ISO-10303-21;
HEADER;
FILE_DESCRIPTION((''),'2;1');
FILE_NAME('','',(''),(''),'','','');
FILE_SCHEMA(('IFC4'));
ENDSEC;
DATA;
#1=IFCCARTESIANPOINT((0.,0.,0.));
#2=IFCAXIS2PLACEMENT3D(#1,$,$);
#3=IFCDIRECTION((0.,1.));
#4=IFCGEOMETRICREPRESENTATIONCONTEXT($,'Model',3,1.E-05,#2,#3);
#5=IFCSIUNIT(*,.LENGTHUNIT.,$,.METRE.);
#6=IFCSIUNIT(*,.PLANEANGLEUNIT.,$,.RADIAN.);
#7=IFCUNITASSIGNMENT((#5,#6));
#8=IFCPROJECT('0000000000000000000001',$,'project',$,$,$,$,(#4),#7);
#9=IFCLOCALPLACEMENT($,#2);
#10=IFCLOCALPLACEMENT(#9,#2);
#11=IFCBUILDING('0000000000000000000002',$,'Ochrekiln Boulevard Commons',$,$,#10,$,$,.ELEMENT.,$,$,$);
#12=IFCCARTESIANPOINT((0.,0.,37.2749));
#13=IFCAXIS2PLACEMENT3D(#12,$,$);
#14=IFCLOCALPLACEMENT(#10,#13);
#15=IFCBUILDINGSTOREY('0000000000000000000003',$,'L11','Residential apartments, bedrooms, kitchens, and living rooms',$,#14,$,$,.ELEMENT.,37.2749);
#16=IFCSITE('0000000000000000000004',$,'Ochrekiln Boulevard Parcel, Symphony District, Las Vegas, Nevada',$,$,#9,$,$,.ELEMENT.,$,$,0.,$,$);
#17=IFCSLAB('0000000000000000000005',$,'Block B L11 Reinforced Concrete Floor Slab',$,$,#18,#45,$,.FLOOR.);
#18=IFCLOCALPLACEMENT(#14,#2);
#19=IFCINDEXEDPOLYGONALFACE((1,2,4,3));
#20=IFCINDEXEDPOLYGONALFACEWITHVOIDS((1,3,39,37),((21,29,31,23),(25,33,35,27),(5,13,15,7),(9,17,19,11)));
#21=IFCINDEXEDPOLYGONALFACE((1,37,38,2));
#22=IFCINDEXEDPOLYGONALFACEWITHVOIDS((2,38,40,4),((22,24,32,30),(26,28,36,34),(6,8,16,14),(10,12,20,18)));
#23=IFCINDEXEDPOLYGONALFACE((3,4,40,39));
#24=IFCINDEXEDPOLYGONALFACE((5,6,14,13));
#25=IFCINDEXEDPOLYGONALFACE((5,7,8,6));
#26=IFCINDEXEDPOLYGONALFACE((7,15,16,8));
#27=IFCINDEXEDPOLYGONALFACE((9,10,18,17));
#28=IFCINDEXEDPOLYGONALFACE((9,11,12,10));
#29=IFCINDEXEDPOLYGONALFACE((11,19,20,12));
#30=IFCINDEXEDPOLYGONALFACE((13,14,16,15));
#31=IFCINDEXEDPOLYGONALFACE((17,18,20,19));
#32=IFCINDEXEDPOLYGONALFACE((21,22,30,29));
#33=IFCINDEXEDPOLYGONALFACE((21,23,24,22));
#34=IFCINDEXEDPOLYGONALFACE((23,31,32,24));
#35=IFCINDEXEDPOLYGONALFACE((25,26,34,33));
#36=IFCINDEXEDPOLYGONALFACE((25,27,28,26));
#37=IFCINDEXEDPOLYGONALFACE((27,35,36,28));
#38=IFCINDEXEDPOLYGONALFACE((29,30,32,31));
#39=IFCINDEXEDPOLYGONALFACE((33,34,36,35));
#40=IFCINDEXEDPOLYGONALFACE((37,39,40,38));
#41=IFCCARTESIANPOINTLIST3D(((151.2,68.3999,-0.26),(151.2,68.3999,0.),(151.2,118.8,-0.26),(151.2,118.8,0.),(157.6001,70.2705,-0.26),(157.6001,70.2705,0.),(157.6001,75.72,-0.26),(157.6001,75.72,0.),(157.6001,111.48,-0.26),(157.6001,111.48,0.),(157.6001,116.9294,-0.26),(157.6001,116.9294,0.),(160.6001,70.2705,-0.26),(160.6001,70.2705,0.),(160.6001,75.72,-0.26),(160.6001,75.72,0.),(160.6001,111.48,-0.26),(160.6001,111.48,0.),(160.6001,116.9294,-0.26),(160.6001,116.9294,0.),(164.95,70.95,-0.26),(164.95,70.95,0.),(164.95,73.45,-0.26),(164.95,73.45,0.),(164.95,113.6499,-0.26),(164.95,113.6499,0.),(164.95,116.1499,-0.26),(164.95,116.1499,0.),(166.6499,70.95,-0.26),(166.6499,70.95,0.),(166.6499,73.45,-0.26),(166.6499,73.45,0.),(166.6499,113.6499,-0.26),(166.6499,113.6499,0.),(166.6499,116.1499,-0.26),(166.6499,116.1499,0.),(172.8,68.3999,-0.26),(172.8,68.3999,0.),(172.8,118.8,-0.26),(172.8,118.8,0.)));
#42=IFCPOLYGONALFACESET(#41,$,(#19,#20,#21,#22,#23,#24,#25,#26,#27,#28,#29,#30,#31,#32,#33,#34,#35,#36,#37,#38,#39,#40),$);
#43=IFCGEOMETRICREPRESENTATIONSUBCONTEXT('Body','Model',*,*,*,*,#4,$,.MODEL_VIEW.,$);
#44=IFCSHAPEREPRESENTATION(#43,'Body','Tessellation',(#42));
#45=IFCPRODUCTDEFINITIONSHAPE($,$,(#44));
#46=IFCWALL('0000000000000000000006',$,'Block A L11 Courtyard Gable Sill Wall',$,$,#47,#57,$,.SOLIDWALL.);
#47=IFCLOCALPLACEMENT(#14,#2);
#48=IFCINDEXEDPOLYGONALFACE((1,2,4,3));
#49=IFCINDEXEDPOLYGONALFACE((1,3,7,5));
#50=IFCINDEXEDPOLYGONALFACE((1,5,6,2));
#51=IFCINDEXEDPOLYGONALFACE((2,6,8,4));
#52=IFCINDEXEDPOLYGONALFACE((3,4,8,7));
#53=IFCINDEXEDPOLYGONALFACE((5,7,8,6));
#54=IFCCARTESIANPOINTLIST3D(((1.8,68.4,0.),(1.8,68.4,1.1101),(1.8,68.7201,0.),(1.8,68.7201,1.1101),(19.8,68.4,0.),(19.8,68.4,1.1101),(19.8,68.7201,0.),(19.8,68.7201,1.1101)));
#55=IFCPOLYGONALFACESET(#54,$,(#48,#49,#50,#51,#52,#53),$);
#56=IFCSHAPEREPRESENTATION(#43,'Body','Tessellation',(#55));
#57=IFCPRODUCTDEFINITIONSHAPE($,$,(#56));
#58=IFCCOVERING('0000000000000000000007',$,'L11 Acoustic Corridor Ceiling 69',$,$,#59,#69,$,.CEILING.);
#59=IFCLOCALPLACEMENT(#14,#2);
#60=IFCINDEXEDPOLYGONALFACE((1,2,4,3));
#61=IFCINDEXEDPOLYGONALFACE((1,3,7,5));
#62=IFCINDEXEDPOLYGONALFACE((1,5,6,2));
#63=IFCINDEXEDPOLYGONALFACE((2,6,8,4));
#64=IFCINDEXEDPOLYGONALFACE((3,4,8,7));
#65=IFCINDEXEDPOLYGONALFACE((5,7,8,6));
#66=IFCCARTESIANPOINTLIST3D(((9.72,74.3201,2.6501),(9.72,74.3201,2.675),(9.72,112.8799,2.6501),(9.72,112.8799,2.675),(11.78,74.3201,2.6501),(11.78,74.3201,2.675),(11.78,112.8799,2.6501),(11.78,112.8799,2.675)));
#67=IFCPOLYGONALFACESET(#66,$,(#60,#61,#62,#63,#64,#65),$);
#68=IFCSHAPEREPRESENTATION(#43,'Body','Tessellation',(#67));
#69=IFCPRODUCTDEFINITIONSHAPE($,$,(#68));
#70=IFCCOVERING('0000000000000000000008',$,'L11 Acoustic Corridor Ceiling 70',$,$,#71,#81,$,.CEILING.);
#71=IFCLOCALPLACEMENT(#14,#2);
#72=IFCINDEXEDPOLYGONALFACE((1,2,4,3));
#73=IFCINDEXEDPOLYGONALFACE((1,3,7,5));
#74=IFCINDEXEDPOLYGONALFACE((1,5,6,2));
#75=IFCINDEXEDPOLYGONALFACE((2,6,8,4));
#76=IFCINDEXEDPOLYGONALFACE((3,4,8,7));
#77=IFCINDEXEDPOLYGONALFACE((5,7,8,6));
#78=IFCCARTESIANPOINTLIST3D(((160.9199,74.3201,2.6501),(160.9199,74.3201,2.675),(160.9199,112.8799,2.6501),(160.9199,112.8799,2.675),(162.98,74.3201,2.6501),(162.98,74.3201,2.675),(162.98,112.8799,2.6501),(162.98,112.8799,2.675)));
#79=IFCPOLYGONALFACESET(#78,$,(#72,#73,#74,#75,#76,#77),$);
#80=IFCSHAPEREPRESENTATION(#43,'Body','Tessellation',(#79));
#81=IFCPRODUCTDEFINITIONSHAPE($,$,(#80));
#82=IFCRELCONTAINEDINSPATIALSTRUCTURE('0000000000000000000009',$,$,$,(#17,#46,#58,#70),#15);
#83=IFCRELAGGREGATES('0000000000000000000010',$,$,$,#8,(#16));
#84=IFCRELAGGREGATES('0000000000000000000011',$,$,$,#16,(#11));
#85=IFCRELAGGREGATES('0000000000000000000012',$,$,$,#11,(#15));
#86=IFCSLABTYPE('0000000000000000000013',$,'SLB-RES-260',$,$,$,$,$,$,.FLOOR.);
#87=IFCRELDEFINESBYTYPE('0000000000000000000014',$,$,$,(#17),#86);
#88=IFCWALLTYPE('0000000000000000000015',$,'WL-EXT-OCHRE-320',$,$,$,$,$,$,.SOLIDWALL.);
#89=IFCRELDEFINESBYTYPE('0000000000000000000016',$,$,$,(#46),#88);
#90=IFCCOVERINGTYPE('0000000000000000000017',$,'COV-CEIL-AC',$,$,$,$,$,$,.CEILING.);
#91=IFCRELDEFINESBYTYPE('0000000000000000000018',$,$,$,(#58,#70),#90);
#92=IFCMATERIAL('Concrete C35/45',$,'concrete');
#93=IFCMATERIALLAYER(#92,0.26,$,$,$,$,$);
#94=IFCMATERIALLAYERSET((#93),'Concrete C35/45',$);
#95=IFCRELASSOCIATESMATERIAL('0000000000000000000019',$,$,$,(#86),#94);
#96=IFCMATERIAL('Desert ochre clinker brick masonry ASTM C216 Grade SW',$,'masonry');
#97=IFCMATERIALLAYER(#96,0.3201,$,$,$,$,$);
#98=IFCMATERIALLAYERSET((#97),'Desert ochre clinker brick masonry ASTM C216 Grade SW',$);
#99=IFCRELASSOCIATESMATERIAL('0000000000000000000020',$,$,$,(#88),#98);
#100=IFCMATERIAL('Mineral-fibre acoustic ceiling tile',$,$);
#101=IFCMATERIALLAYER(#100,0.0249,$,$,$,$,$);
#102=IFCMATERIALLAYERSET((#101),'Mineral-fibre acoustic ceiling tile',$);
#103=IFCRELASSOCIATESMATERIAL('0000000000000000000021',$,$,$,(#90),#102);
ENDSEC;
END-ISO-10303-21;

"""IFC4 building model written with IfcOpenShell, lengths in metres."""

from ifc_helpers import new_model, si_unit, direction, frame, frame_2d, origin, place, context, subcontext, project, spatial, polyline, rectangle, outline, extrude, material, layer, layer_set, type_object, element, save


model = new_model("IFC4")

# Units and contexts
model_context = context("Model", 3, precision=1e-05, world=origin(), true_north=direction((0.0, 1.0)))
body_context = subcontext(model_context, "Body", "Model", "MODEL_VIEW")
ifc_project = project(units=[si_unit("LENGTHUNIT", "METRE"), si_unit("PLANEANGLEUNIT", "RADIAN")], contexts=[model_context])

# Site, building, storey
site_placement = place(None, origin())
site = spatial("IfcSite", under=ifc_project, at=site_placement, Name="Ochrekiln Boulevard Parcel, Symphony District, Las Vegas, Nevada", CompositionType="ELEMENT", RefElevation=0.0)
building_placement = place(site_placement, origin())
building = spatial("IfcBuilding", under=site, at=building_placement, Name="Ochrekiln Boulevard Commons", CompositionType="ELEMENT")
storey_placement = place(building_placement, frame((0.0, 0.0, 37.2749)))
storey = spatial("IfcBuildingStorey", under=building, at=storey_placement, Name="L11", Description="Residential apartments, bedrooms, kitchens, and living rooms", CompositionType="ELEMENT", Elevation=37.2749)

# Shared definitions
ifc_material_1 = material(Name="Concrete C35/45", Category="concrete")

# Slab
ifc_layer_1 = layer(ifc_material_1, 0.26)
ifc_layer_set_1 = layer_set([ifc_layer_1], Name="Concrete C35/45")
slab_type_1 = type_object("IfcSlabType", Name="SLB-RES-260", PredefinedType="FLOOR", material=ifc_layer_set_1)
slab_1_placement = place(storey_placement, frame((0.0, 0.0, -0.26)))
element("IfcSlab", 1, at=slab_1_placement, inside=storey, type_object=slab_type_1, Name="Block B L11 Reinforced Concrete Floor Slab", PredefinedType="FLOOR", context=body_context, shape_type="SweptSolid", body=[
    extrude(outline(polyline([(151.2, 68.3999), (172.8, 68.3999), (172.8, 118.8), (151.2, 118.8), (151.2, 68.3999)]), holes=[polyline([(160.6001, 70.2705), (160.6001, 75.72), (157.6001, 75.72), (157.6001, 70.2705), (160.6001, 70.2705)]), polyline([(157.6001, 116.9294), (157.6001, 111.48), (160.6001, 111.48), (160.6001, 116.9294), (157.6001, 116.9294)]), polyline([(164.95, 70.95), (166.6499, 70.95), (166.6499, 73.45), (164.95, 73.45), (164.95, 70.95)]), polyline([(164.95, 113.6499), (166.6499, 113.6499), (166.6499, 116.1499), (164.95, 116.1499), (164.95, 113.6499)])]), origin(), (0.0, 0.0, 1.0), 0.26),
])

# Wall
ifc_material_2 = material(Name="Desert ochre clinker brick masonry ASTM C216 Grade SW", Category="masonry")
ifc_layer_2 = layer(ifc_material_2, 0.3201)
ifc_layer_set_2 = layer_set([ifc_layer_2], Name="Desert ochre clinker brick masonry ASTM C216 Grade SW")
wall_type = type_object("IfcWallType", Name="WL-EXT-OCHRE-320", PredefinedType="SOLIDWALL", material=ifc_layer_set_2)
wall_placement = place(storey_placement, frame((1.8, 68.5601, 0.0), z_axis=(0.0, 0.0, 1.0), x_axis=(1.0, 0.0, 0.0)))
element("IfcWall", 2, at=wall_placement, inside=storey, type_object=wall_type, Name="Block A L11 Courtyard Gable Sill Wall", PredefinedType="SOLIDWALL", context=body_context, shape_type="SweptSolid", body=[
    extrude(rectangle(XDim=18.0, YDim=0.3201, at=frame_2d((9.0, 0.0))), origin(), (0.0, 0.0, 1.0), 1.1101),
])

# Coverings
ifc_material_3 = material(Name="Mineral-fibre acoustic ceiling tile")
ifc_layer_3 = layer(ifc_material_3, 0.0249)
ifc_layer_set_3 = layer_set([ifc_layer_3], Name="Mineral-fibre acoustic ceiling tile")
covering_type = type_object("IfcCoveringType", Name="COV-CEIL-AC", PredefinedType="CEILING", material=ifc_layer_set_3)
covering_1_placement = place(storey_placement, frame((0.0, 0.0, 2.6501)))
element("IfcCovering", 3, at=covering_1_placement, inside=storey, type_object=covering_type, Name="L11 Acoustic Corridor Ceiling 69", PredefinedType="CEILING", context=body_context, shape_type="SweptSolid", body=[
    extrude(outline(polyline([(9.72, 74.3201), (11.78, 74.3201), (11.78, 112.8799), (9.72, 112.8799), (9.72, 74.3201)])), origin(), (0.0, 0.0, 1.0), 0.0249),
])
covering_2_placement = place(storey_placement, frame((0.0, 0.0, 2.6501)))
element("IfcCovering", 4, at=covering_2_placement, inside=storey, type_object=covering_type, Name="L11 Acoustic Corridor Ceiling 70", PredefinedType="CEILING", context=body_context, shape_type="SweptSolid", body=[
    extrude(outline(polyline([(160.9199, 74.3201), (162.98, 74.3201), (162.98, 112.8799), (160.9199, 112.8799), (160.9199, 74.3201)])), origin(), (0.0, 0.0, 1.0), 0.0249),
])

save(model, "model.ifc")
